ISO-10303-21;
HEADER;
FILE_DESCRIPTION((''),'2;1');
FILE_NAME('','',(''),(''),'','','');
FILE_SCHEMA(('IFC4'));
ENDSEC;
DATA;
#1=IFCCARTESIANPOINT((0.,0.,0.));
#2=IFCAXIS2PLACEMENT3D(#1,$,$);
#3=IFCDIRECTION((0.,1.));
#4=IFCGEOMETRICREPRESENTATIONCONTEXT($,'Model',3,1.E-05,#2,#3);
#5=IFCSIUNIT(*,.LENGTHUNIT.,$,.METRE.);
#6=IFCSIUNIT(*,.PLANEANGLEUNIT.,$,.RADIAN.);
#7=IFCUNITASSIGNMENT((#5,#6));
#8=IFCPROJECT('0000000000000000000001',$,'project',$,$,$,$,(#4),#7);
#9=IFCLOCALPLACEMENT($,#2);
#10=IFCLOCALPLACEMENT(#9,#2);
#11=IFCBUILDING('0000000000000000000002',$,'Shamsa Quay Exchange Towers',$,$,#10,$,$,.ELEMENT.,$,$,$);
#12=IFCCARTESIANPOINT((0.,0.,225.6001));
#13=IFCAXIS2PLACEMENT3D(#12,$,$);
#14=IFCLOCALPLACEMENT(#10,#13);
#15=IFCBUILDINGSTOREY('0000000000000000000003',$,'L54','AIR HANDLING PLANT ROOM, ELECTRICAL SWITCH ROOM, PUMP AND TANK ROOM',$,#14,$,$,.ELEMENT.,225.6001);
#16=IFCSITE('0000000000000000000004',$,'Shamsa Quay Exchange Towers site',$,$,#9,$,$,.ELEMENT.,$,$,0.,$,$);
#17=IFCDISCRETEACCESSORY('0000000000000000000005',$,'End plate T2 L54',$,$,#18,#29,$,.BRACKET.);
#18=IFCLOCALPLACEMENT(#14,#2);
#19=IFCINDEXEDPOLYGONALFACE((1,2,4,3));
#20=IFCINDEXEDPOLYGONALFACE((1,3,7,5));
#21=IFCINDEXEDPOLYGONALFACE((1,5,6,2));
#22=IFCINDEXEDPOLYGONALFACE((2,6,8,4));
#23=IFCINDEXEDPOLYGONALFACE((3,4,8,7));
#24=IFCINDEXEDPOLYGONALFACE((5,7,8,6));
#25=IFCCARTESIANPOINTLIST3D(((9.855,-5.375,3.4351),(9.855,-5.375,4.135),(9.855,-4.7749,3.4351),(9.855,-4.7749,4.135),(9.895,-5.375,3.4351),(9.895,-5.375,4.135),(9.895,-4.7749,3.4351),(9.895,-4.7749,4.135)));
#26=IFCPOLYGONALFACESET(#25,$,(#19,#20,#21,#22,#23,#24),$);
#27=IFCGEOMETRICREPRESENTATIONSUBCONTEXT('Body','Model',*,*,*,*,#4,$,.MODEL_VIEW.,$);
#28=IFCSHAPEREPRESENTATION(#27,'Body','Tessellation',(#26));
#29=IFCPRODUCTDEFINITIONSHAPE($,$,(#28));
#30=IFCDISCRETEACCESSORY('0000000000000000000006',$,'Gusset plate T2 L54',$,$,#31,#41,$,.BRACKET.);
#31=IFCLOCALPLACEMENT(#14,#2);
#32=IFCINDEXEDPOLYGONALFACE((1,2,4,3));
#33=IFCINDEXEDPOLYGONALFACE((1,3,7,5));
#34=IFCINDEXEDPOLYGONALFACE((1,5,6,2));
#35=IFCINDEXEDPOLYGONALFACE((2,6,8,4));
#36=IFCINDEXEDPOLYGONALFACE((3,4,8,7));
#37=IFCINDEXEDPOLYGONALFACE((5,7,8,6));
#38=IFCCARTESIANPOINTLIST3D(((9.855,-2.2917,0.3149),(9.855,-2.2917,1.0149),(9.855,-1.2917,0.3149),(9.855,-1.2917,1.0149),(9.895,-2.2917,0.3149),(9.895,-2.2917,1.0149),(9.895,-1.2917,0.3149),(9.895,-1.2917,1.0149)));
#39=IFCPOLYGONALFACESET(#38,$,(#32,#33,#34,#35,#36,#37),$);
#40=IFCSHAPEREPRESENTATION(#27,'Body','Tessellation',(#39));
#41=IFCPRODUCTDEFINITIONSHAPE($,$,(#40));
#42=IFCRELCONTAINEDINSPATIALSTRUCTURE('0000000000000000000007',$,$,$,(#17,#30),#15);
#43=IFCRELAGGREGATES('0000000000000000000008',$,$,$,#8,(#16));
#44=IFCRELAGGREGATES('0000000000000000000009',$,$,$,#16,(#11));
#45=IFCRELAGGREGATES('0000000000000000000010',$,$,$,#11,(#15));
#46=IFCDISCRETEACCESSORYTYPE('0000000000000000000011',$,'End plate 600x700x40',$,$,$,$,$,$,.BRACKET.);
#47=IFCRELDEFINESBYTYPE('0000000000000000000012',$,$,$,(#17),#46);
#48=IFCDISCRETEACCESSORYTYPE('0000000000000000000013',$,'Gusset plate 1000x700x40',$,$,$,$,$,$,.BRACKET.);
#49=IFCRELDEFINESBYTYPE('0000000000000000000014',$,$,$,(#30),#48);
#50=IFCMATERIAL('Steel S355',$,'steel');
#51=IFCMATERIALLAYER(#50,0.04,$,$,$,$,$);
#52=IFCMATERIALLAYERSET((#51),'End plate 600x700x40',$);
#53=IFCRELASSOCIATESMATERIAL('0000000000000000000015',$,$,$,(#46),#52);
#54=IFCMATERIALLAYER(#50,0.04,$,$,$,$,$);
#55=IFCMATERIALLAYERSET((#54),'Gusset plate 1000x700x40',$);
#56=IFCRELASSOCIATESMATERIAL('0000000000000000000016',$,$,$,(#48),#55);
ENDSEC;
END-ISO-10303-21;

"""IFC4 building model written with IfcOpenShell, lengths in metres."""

from ifc_helpers import new_model, si_unit, direction, frame, origin, origin_2d, place, context, subcontext, project, spatial, rectangle, extrude, material, layer, layer_set, type_object, element, save


model = new_model("IFC4")

# Units and contexts
model_context = context("Model", 3, precision=1e-05, world=origin(), true_north=direction((0.0, 1.0)))
body_context = subcontext(model_context, "Body", "Model", "MODEL_VIEW")
ifc_project = project(units=[si_unit("LENGTHUNIT", "METRE"), si_unit("PLANEANGLEUNIT", "RADIAN")], contexts=[model_context])

# Site, building, storey
site_placement = place(None, origin())
site = spatial("IfcSite", under=ifc_project, at=site_placement, Name="Shamsa Quay Exchange Towers site", CompositionType="ELEMENT", RefElevation=0.0)
building_placement = place(site_placement, origin())
building = spatial("IfcBuilding", under=site, at=building_placement, Name="Shamsa Quay Exchange Towers", CompositionType="ELEMENT")
storey_placement = place(building_placement, frame((0.0, 0.0, 225.6001)))
storey = spatial("IfcBuildingStorey", under=building, at=storey_placement, Name="L54", Description="AIR HANDLING PLANT ROOM, ELECTRICAL SWITCH ROOM, PUMP AND TANK ROOM", CompositionType="ELEMENT", Elevation=225.6001)

# Shared definitions
ifc_material_1 = material(Name="Steel S355", Category="steel")

# Discrete accessories
ifc_layer_1 = layer(ifc_material_1, 0.04)
ifc_layer_set_1 = layer_set([ifc_layer_1], Name="End plate 600x700x40")
discrete_accessory_type_1 = type_object("IfcDiscreteAccessoryType", Name="End plate 600x700x40", PredefinedType="BRACKET", material=ifc_layer_set_1)
discrete_accessory_1_placement = place(storey_placement, frame((9.875, -5.075, 3.4351), z_axis=(0.0, 0.0, 1.0), x_axis=(0.0, -1.0, 0.0)))
element("IfcDiscreteAccessory", 1, at=discrete_accessory_1_placement, inside=storey, type_object=discrete_accessory_type_1, Name="End plate T2 L54", PredefinedType="BRACKET", context=body_context, shape_type="SweptSolid", body=[
    extrude(rectangle(XDim=0.6001, YDim=0.04, at=origin_2d()), origin(), (0.0, 0.0, 1.0), 0.7),
])
ifc_layer_2 = layer(ifc_material_1, 0.04)
ifc_layer_set_2 = layer_set([ifc_layer_2], Name="Gusset plate 1000x700x40")
discrete_accessory_type_2 = type_object("IfcDiscreteAccessoryType", Name="Gusset plate 1000x700x40", PredefinedType="BRACKET", material=ifc_layer_set_2)
discrete_accessory_2_placement = place(storey_placement, frame((9.875, -1.7917, 0.3149), z_axis=(0.0, 0.0, 1.0), x_axis=(0.0, -1.0, 0.0)))
element("IfcDiscreteAccessory", 2, at=discrete_accessory_2_placement, inside=storey, type_object=discrete_accessory_type_2, Name="Gusset plate T2 L54", PredefinedType="BRACKET", context=body_context, shape_type="SweptSolid", body=[
    extrude(rectangle(XDim=1.0, YDim=0.04, at=origin_2d()), origin(), (0.0, 0.0, 1.0), 0.7),
])

save(model, "model.ifc")
